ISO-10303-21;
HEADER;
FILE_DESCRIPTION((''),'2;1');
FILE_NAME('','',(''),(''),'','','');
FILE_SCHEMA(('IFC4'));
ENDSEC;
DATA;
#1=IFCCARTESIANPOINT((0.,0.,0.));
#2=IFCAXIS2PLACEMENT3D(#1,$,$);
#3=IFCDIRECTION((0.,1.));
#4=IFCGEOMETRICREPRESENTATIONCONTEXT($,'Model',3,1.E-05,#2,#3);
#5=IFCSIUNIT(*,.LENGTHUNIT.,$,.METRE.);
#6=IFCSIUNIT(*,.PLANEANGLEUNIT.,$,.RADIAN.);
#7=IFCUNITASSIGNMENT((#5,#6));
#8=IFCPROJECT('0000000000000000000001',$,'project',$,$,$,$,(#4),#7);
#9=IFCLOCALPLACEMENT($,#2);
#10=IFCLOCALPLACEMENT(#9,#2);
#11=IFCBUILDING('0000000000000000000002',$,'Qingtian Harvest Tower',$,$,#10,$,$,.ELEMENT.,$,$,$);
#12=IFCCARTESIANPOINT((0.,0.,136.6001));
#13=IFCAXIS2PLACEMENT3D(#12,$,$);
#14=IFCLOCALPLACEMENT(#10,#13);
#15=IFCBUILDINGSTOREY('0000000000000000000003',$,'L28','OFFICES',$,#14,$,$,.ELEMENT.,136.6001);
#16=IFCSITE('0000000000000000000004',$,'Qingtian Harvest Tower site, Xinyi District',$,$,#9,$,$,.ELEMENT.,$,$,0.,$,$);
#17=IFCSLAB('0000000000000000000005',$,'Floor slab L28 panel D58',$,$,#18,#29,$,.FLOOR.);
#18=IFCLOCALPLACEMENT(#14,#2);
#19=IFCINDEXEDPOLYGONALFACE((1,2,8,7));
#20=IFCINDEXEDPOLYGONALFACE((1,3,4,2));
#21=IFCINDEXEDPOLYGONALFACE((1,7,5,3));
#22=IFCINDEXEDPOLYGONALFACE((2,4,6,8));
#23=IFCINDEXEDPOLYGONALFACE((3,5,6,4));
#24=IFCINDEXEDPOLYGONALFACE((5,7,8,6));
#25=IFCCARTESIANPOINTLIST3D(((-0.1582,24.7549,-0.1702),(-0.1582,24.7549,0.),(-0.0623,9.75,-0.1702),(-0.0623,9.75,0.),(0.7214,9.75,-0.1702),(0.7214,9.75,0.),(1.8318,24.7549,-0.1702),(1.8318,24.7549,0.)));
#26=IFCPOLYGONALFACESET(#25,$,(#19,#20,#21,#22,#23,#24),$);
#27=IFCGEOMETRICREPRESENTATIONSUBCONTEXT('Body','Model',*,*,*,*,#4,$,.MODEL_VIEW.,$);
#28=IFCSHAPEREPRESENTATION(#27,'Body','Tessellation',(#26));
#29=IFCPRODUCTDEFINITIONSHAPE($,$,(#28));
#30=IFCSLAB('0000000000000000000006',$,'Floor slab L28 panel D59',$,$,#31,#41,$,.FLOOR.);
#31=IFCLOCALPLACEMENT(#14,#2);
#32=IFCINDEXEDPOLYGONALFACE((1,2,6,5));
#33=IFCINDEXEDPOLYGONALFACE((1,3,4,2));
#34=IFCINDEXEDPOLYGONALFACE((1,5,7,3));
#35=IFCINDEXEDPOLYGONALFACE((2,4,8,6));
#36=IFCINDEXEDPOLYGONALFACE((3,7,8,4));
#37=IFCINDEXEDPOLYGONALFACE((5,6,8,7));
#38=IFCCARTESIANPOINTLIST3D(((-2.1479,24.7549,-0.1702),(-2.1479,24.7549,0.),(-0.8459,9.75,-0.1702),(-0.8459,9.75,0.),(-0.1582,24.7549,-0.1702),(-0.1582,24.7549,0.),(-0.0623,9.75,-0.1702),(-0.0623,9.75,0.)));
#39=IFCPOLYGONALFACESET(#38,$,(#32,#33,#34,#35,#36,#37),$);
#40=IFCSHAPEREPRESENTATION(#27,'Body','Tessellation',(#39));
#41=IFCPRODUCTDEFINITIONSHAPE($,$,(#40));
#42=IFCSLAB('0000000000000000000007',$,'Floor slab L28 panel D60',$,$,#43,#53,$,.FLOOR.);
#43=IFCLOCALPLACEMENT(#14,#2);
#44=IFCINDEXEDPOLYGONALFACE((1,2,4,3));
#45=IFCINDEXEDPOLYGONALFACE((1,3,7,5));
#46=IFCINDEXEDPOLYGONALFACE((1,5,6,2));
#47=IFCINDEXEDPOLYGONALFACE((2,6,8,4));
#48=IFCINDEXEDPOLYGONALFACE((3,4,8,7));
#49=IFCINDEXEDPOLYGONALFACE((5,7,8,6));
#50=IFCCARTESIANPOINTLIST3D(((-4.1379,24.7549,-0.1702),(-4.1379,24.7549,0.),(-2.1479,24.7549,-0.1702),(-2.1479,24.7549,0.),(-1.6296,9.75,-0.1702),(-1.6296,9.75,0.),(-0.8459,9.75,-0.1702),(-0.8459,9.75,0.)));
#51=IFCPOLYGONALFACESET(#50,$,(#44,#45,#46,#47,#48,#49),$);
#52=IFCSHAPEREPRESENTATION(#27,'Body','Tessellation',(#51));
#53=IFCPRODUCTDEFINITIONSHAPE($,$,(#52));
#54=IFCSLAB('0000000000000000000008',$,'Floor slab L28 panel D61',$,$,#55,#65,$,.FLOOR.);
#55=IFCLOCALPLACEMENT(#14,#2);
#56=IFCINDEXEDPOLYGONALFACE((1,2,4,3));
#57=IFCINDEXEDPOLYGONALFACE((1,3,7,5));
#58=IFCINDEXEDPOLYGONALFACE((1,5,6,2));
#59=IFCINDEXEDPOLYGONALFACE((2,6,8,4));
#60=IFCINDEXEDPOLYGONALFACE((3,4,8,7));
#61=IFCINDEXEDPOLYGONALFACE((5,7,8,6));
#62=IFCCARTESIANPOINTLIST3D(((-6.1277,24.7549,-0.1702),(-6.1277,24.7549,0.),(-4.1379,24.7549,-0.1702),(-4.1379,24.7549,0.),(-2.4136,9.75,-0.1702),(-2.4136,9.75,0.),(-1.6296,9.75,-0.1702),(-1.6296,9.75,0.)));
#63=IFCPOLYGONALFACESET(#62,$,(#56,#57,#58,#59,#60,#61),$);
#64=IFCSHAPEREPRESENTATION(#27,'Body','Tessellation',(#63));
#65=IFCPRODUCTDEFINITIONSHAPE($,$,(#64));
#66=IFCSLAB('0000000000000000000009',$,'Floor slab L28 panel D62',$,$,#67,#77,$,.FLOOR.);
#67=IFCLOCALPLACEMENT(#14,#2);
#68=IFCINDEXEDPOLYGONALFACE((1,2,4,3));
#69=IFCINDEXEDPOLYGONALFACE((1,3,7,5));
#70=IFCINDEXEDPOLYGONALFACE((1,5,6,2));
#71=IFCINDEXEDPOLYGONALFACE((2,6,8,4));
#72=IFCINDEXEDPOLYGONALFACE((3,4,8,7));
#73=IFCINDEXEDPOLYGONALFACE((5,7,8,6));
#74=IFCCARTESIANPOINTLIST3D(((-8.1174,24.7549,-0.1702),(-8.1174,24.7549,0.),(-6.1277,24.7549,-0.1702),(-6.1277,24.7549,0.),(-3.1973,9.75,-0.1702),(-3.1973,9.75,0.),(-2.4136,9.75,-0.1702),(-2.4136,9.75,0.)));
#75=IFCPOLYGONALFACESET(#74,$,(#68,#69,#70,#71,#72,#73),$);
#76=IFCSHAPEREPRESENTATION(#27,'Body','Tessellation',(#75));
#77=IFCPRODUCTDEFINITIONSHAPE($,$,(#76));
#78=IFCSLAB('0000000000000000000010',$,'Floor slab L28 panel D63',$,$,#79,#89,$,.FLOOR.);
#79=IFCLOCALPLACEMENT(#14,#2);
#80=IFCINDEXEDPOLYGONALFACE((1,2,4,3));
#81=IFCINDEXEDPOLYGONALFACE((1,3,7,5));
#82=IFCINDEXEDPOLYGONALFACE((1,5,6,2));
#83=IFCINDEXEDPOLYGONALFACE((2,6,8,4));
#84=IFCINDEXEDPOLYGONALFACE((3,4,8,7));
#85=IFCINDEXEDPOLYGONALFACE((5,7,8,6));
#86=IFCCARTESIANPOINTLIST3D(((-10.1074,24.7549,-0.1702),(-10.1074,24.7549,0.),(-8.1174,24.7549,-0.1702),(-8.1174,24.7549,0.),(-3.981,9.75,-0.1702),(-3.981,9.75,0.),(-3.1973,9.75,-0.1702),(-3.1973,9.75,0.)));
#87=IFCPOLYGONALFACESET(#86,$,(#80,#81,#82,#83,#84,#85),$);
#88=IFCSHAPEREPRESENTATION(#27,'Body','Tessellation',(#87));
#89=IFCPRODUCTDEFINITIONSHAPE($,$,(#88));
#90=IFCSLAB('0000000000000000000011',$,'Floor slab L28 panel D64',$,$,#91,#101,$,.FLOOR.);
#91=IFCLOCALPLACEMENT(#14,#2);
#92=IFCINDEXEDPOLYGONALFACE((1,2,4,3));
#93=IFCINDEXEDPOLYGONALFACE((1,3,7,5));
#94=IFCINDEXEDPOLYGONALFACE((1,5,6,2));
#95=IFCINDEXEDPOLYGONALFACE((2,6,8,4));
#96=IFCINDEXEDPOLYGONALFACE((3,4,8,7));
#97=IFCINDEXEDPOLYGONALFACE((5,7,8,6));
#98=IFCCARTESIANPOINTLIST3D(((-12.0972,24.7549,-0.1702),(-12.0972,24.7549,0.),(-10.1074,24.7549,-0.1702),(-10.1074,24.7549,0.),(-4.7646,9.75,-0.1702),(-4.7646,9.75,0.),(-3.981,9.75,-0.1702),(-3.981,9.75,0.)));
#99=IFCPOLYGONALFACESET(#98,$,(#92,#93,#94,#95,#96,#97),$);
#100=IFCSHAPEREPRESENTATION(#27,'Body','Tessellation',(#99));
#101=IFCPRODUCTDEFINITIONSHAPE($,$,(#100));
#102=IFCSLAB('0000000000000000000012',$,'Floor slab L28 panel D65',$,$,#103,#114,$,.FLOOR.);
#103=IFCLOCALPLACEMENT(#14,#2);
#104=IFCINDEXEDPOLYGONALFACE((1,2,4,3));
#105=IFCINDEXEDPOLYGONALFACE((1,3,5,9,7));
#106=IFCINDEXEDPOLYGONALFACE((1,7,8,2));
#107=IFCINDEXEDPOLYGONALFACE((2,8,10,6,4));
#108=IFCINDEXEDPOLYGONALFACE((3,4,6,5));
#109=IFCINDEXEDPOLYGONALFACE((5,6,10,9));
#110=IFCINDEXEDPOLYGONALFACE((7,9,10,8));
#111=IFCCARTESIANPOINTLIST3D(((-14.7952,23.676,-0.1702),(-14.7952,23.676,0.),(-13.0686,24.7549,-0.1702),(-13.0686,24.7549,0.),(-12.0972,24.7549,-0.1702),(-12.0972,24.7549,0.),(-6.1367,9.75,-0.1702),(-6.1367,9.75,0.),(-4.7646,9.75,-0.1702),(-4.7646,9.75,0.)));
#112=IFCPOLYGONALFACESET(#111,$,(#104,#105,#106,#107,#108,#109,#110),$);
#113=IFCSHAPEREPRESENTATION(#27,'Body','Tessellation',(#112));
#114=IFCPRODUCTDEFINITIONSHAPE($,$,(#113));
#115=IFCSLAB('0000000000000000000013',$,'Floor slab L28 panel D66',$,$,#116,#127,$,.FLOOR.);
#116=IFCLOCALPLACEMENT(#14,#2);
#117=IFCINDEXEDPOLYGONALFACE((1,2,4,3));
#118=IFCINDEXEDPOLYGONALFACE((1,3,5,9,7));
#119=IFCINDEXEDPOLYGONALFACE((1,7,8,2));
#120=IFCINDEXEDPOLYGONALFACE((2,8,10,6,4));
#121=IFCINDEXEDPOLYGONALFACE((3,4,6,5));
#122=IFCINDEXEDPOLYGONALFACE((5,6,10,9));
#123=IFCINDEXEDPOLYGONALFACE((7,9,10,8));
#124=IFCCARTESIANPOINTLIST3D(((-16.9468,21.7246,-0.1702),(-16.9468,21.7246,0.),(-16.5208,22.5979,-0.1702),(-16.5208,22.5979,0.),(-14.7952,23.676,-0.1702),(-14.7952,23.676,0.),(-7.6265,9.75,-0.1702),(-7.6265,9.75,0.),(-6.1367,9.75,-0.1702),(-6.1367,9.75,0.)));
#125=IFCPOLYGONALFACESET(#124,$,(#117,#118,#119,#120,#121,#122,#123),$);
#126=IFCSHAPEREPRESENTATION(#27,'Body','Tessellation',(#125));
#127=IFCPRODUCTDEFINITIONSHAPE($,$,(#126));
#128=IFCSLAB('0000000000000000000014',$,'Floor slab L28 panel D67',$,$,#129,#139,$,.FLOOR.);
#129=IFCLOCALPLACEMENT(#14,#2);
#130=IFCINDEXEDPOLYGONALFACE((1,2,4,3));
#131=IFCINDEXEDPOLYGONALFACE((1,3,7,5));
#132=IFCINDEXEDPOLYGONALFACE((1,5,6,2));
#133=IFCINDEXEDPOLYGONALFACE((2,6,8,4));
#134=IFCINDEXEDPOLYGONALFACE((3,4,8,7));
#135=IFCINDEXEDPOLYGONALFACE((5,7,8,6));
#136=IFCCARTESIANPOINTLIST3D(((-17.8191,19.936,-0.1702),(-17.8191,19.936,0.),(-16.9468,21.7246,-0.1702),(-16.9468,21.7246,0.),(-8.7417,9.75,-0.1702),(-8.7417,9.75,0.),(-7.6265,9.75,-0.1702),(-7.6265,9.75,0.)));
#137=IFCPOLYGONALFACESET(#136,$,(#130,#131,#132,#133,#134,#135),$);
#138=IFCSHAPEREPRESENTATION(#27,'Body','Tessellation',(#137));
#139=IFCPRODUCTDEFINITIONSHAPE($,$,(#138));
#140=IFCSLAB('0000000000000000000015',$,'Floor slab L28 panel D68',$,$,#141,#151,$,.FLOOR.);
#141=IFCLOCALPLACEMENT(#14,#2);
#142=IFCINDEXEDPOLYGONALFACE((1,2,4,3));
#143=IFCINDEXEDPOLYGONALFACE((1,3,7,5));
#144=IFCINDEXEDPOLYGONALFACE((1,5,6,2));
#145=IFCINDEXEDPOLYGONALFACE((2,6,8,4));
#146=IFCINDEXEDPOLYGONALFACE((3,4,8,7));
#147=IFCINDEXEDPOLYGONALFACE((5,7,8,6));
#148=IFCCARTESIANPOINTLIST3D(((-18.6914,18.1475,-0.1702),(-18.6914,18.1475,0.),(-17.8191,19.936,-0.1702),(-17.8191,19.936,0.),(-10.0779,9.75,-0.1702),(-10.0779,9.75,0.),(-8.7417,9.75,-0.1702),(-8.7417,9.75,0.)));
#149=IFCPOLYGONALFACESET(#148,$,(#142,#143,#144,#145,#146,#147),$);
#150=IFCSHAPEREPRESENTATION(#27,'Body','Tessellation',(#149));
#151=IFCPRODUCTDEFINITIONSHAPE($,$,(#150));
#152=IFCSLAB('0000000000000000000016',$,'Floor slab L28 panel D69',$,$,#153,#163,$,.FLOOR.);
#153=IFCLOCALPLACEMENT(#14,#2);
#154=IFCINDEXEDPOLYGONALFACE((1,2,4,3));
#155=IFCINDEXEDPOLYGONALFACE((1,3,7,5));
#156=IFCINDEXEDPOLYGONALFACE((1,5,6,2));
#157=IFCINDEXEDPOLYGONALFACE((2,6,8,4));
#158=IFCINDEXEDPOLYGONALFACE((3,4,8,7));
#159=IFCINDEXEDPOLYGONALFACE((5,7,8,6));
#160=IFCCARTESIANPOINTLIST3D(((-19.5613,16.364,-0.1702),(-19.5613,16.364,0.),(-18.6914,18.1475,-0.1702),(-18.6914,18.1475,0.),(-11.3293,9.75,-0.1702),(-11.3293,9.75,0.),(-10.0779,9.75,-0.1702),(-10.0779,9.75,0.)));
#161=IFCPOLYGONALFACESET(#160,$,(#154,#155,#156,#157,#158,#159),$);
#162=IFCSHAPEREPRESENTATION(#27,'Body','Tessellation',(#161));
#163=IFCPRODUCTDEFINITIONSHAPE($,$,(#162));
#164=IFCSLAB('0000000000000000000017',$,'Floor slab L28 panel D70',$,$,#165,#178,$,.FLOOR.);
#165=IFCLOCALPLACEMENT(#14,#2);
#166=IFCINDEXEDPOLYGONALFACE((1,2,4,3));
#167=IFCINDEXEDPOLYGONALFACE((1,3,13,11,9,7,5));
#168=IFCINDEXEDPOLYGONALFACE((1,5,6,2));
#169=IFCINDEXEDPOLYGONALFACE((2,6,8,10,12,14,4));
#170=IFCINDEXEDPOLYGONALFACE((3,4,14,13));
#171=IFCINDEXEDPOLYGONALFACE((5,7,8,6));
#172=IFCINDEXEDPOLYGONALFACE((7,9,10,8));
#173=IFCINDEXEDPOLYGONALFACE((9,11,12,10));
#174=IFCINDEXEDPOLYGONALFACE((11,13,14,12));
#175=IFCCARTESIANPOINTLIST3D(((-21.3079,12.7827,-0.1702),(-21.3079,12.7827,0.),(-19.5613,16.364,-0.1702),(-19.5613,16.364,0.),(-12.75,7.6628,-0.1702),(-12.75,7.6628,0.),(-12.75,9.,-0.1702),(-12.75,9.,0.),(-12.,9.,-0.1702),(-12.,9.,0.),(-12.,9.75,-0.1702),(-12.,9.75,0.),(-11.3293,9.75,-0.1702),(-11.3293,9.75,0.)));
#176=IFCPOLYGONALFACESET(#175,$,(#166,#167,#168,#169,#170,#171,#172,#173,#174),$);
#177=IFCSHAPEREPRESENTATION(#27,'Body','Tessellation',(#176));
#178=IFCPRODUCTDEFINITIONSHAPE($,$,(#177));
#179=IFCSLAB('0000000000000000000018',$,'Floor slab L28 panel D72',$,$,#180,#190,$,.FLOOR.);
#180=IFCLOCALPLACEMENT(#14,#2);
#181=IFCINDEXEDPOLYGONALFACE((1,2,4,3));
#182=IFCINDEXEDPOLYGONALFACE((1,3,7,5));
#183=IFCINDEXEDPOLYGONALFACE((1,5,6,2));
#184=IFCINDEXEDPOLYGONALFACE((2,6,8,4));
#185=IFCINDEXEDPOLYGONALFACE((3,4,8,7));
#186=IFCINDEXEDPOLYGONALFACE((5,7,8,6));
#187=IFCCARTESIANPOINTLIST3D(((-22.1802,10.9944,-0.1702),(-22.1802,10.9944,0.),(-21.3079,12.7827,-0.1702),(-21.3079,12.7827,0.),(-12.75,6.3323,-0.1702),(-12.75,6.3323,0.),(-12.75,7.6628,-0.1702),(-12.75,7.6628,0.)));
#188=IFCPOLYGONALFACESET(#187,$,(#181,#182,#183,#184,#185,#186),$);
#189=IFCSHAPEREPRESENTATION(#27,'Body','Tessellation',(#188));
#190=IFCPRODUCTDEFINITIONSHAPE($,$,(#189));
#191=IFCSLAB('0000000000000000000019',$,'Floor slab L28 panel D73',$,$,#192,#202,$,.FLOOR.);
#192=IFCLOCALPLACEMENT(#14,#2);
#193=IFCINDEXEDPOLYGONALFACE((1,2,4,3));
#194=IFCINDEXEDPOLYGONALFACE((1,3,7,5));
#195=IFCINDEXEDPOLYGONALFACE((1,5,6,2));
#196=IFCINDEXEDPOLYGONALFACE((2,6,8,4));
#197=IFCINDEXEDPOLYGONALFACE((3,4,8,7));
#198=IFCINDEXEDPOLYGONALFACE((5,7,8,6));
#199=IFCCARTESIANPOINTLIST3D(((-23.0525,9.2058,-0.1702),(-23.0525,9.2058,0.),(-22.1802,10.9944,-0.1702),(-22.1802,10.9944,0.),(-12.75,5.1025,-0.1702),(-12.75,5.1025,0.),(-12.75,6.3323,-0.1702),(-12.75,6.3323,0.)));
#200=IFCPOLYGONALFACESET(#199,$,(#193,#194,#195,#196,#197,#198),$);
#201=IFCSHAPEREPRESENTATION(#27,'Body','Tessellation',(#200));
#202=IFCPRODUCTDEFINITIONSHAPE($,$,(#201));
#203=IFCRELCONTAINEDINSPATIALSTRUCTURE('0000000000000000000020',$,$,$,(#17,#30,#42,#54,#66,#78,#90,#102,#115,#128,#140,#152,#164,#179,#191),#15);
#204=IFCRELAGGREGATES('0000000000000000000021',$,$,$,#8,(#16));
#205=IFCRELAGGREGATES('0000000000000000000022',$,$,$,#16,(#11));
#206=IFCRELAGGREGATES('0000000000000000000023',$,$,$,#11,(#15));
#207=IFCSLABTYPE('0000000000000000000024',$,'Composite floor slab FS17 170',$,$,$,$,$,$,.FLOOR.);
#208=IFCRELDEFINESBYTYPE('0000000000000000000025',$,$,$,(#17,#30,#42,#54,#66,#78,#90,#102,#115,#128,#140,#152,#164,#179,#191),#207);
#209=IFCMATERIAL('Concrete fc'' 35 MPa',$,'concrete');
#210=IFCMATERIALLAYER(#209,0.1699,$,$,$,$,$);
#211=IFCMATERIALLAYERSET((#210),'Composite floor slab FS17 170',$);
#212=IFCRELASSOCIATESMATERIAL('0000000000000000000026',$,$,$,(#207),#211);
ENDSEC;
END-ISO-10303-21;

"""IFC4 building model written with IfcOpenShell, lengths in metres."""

from ifc_helpers import new_model, si_unit, direction, frame, origin, place, context, subcontext, project, spatial, polyline, outline, extrude, material, layer, layer_set, type_object, element, save


model = new_model("IFC4")

# Units and contexts
model_context = context("Model", 3, precision=1e-05, world=origin(), true_north=direction((0.0, 1.0)))
body_context = subcontext(model_context, "Body", "Model", "MODEL_VIEW")
ifc_project = project(units=[si_unit("LENGTHUNIT", "METRE"), si_unit("PLANEANGLEUNIT", "RADIAN")], contexts=[model_context])

# Site, building, storey
site_placement = place(None, origin())
site = spatial("IfcSite", under=ifc_project, at=site_placement, Name="Qingtian Harvest Tower site, Xinyi District", CompositionType="ELEMENT", RefElevation=0.0)
building_placement = place(site_placement, origin())
building = spatial("IfcBuilding", under=site, at=building_placement, Name="Qingtian Harvest Tower", CompositionType="ELEMENT")
storey_placement = place(building_placement, frame((0.0, 0.0, 136.6001)))
storey = spatial("IfcBuildingStorey", under=building, at=storey_placement, Name="L28", Description="OFFICES", CompositionType="ELEMENT", Elevation=136.6001)

# Slabs
ifc_material_1 = material(Name="Concrete fc' 35 MPa", Category="concrete")
ifc_layer_1 = layer(ifc_material_1, 0.1699)
ifc_layer_set_1 = layer_set([ifc_layer_1], Name="Composite floor slab FS17 170")
slab_type = type_object("IfcSlabType", Name="Composite floor slab FS17 170", PredefinedType="FLOOR", material=ifc_layer_set_1)
slab_1_placement = place(storey_placement, frame((0.0, 0.0, -0.1702)))
element("IfcSlab", 1, at=slab_1_placement, inside=storey, type_object=slab_type, Name="Floor slab L28 panel D58", PredefinedType="FLOOR", context=body_context, shape_type="SweptSolid", body=[
    extrude(outline(polyline([(-0.0623, 9.75), (-0.1582, 24.7549), (1.8318, 24.7549), (0.7214, 9.75), (-0.0623, 9.75)])), origin(), (0.0, 0.0, 1.0), 0.1702),
])
slab_2_placement = place(storey_placement, frame((0.0, 0.0, -0.1702)))
element("IfcSlab", 2, at=slab_2_placement, inside=storey, type_object=slab_type, Name="Floor slab L28 panel D59", PredefinedType="FLOOR", context=body_context, shape_type="SweptSolid", body=[
    extrude(outline(polyline([(-0.8459, 9.75), (-2.1479, 24.7549), (-0.1582, 24.7549), (-0.0623, 9.75), (-0.8459, 9.75)])), origin(), (0.0, 0.0, 1.0), 0.1702),
])
slab_3_placement = place(storey_placement, frame((0.0, 0.0, -0.1702)))
element("IfcSlab", 3, at=slab_3_placement, inside=storey, type_object=slab_type, Name="Floor slab L28 panel D60", PredefinedType="FLOOR", context=body_context, shape_type="SweptSolid", body=[
    extrude(outline(polyline([(-1.6296, 9.75), (-4.1379, 24.7549), (-2.1479, 24.7549), (-0.8459, 9.75), (-1.6296, 9.75)])), origin(), (0.0, 0.0, 1.0), 0.1702),
])
slab_4_placement = place(storey_placement, frame((0.0, 0.0, -0.1702)))
element("IfcSlab", 4, at=slab_4_placement, inside=storey, type_object=slab_type, Name="Floor slab L28 panel D61", PredefinedType="FLOOR", context=body_context, shape_type="SweptSolid", body=[
    extrude(outline(polyline([(-2.4136, 9.75), (-6.1277, 24.7549), (-4.1379, 24.7549), (-1.6296, 9.75), (-2.4136, 9.75)])), origin(), (0.0, 0.0, 1.0), 0.1702),
])
slab_5_placement = place(storey_placement, frame((0.0, 0.0, -0.1702)))
element("IfcSlab", 5, at=slab_5_placement, inside=storey, type_object=slab_type, Name="Floor slab L28 panel D62", PredefinedType="FLOOR", context=body_context, shape_type="SweptSolid", body=[
    extrude(outline(polyline([(-3.1973, 9.75), (-8.1174, 24.7549), (-6.1277, 24.7549), (-2.4136, 9.75), (-3.1973, 9.75)])), origin(), (0.0, 0.0, 1.0), 0.1702),
])
slab_6_placement = place(storey_placement, frame((0.0, 0.0, -0.1702)))
element("IfcSlab", 6, at=slab_6_placement, inside=storey, type_object=slab_type, Name="Floor slab L28 panel D63", PredefinedType="FLOOR", context=body_context, shape_type="SweptSolid", body=[
    extrude(outline(polyline([(-3.981, 9.75), (-10.1074, 24.7549), (-8.1174, 24.7549), (-3.1973, 9.75), (-3.981, 9.75)])), origin(), (0.0, 0.0, 1.0), 0.1702),
])
slab_7_placement = place(storey_placement, frame((0.0, 0.0, -0.1702)))
element("IfcSlab", 7, at=slab_7_placement, inside=storey, type_object=slab_type, Name="Floor slab L28 panel D64", PredefinedType="FLOOR", context=body_context, shape_type="SweptSolid", body=[
    extrude(outline(polyline([(-4.7646, 9.75), (-12.0972, 24.7549), (-10.1074, 24.7549), (-3.981, 9.75), (-4.7646, 9.75)])), origin(), (0.0, 0.0, 1.0), 0.1702),
])
slab_8_placement = place(storey_placement, frame((0.0, 0.0, -0.1702)))
element("IfcSlab", 8, at=slab_8_placement, inside=storey, type_object=slab_type, Name="Floor slab L28 panel D65", PredefinedType="FLOOR", context=body_context, shape_type="SweptSolid", body=[
    extrude(outline(polyline([(-4.7646, 9.75), (-6.1367, 9.75), (-14.7952, 23.676), (-13.0686, 24.7549), (-12.0972, 24.7549), (-4.7646, 9.75)])), origin(), (0.0, 0.0, 1.0), 0.1702),
])
slab_9_placement = place(storey_placement, frame((0.0, 0.0, -0.1702)))
element("IfcSlab", 9, at=slab_9_placement, inside=storey, type_object=slab_type, Name="Floor slab L28 panel D66", PredefinedType="FLOOR", context=body_context, shape_type="SweptSolid", body=[
    extrude(outline(polyline([(-6.1367, 9.75), (-7.6265, 9.75), (-16.9468, 21.7246), (-16.5208, 22.5979), (-14.7952, 23.676), (-6.1367, 9.75)])), origin(), (0.0, 0.0, 1.0), 0.1702),
])
slab_10_placement = place(storey_placement, frame((0.0, 0.0, -0.1702)))
element("IfcSlab", 10, at=slab_10_placement, inside=storey, type_object=slab_type, Name="Floor slab L28 panel D67", PredefinedType="FLOOR", context=body_context, shape_type="SweptSolid", body=[
    extrude(outline(polyline([(-8.7417, 9.75), (-17.8191, 19.936), (-16.9468, 21.7246), (-7.6265, 9.75), (-8.7417, 9.75)])), origin(), (0.0, 0.0, 1.0), 0.1702),
])
slab_11_placement = place(storey_placement, frame((0.0, 0.0, -0.1702)))
element("IfcSlab", 11, at=slab_11_placement, inside=storey, type_object=slab_type, Name="Floor slab L28 panel D68", PredefinedType="FLOOR", context=body_context, shape_type="SweptSolid", body=[
    extrude(outline(polyline([(-10.0779, 9.75), (-18.6914, 18.1475), (-17.8191, 19.936), (-8.7417, 9.75), (-10.0779, 9.75)])), origin(), (0.0, 0.0, 1.0), 0.1702),
])
slab_12_placement = place(storey_placement, frame((0.0, 0.0, -0.1702)))
element("IfcSlab", 12, at=slab_12_placement, inside=storey, type_object=slab_type, Name="Floor slab L28 panel D69", PredefinedType="FLOOR", context=body_context, shape_type="SweptSolid", body=[
    extrude(outline(polyline([(-11.3293, 9.75), (-19.5613, 16.364), (-18.6914, 18.1475), (-10.0779, 9.75), (-11.3293, 9.75)])), origin(), (0.0, 0.0, 1.0), 0.1702),
])
slab_13_placement = place(storey_placement, frame((0.0, 0.0, -0.1702)))
element("IfcSlab", 13, at=slab_13_placement, inside=storey, type_object=slab_type, Name="Floor slab L28 panel D70", PredefinedType="FLOOR", context=body_context, shape_type="SweptSolid", body=[
    extrude(outline(polyline([(-12.0, 9.0), (-12.75, 9.0), (-12.75, 7.6628), (-21.3079, 12.7827), (-19.5613, 16.364), (-11.3293, 9.75), (-12.0, 9.75), (-12.0, 9.0)])), origin(), (0.0, 0.0, 1.0), 0.1702),
])
slab_14_placement = place(storey_placement, frame((0.0, 0.0, -0.1702)))
element("IfcSlab", 14, at=slab_14_placement, inside=storey, type_object=slab_type, Name="Floor slab L28 panel D72", PredefinedType="FLOOR", context=body_context, shape_type="SweptSolid", body=[
    extrude(outline(polyline([(-12.75, 6.3323), (-22.1802, 10.9944), (-21.3079, 12.7827), (-12.75, 7.6628), (-12.75, 6.3323)])), origin(), (0.0, 0.0, 1.0), 0.1702),
])
slab_15_placement = place(storey_placement, frame((0.0, 0.0, -0.1702)))
element("IfcSlab", 15, at=slab_15_placement, inside=storey, type_object=slab_type, Name="Floor slab L28 panel D73", PredefinedType="FLOOR", context=body_context, shape_type="SweptSolid", body=[
    extrude(outline(polyline([(-12.75, 5.1025), (-23.0525, 9.2058), (-22.1802, 10.9944), (-12.75, 6.3323), (-12.75, 5.1025)])), origin(), (0.0, 0.0, 1.0), 0.1702),
])

save(model, "model.ifc")
